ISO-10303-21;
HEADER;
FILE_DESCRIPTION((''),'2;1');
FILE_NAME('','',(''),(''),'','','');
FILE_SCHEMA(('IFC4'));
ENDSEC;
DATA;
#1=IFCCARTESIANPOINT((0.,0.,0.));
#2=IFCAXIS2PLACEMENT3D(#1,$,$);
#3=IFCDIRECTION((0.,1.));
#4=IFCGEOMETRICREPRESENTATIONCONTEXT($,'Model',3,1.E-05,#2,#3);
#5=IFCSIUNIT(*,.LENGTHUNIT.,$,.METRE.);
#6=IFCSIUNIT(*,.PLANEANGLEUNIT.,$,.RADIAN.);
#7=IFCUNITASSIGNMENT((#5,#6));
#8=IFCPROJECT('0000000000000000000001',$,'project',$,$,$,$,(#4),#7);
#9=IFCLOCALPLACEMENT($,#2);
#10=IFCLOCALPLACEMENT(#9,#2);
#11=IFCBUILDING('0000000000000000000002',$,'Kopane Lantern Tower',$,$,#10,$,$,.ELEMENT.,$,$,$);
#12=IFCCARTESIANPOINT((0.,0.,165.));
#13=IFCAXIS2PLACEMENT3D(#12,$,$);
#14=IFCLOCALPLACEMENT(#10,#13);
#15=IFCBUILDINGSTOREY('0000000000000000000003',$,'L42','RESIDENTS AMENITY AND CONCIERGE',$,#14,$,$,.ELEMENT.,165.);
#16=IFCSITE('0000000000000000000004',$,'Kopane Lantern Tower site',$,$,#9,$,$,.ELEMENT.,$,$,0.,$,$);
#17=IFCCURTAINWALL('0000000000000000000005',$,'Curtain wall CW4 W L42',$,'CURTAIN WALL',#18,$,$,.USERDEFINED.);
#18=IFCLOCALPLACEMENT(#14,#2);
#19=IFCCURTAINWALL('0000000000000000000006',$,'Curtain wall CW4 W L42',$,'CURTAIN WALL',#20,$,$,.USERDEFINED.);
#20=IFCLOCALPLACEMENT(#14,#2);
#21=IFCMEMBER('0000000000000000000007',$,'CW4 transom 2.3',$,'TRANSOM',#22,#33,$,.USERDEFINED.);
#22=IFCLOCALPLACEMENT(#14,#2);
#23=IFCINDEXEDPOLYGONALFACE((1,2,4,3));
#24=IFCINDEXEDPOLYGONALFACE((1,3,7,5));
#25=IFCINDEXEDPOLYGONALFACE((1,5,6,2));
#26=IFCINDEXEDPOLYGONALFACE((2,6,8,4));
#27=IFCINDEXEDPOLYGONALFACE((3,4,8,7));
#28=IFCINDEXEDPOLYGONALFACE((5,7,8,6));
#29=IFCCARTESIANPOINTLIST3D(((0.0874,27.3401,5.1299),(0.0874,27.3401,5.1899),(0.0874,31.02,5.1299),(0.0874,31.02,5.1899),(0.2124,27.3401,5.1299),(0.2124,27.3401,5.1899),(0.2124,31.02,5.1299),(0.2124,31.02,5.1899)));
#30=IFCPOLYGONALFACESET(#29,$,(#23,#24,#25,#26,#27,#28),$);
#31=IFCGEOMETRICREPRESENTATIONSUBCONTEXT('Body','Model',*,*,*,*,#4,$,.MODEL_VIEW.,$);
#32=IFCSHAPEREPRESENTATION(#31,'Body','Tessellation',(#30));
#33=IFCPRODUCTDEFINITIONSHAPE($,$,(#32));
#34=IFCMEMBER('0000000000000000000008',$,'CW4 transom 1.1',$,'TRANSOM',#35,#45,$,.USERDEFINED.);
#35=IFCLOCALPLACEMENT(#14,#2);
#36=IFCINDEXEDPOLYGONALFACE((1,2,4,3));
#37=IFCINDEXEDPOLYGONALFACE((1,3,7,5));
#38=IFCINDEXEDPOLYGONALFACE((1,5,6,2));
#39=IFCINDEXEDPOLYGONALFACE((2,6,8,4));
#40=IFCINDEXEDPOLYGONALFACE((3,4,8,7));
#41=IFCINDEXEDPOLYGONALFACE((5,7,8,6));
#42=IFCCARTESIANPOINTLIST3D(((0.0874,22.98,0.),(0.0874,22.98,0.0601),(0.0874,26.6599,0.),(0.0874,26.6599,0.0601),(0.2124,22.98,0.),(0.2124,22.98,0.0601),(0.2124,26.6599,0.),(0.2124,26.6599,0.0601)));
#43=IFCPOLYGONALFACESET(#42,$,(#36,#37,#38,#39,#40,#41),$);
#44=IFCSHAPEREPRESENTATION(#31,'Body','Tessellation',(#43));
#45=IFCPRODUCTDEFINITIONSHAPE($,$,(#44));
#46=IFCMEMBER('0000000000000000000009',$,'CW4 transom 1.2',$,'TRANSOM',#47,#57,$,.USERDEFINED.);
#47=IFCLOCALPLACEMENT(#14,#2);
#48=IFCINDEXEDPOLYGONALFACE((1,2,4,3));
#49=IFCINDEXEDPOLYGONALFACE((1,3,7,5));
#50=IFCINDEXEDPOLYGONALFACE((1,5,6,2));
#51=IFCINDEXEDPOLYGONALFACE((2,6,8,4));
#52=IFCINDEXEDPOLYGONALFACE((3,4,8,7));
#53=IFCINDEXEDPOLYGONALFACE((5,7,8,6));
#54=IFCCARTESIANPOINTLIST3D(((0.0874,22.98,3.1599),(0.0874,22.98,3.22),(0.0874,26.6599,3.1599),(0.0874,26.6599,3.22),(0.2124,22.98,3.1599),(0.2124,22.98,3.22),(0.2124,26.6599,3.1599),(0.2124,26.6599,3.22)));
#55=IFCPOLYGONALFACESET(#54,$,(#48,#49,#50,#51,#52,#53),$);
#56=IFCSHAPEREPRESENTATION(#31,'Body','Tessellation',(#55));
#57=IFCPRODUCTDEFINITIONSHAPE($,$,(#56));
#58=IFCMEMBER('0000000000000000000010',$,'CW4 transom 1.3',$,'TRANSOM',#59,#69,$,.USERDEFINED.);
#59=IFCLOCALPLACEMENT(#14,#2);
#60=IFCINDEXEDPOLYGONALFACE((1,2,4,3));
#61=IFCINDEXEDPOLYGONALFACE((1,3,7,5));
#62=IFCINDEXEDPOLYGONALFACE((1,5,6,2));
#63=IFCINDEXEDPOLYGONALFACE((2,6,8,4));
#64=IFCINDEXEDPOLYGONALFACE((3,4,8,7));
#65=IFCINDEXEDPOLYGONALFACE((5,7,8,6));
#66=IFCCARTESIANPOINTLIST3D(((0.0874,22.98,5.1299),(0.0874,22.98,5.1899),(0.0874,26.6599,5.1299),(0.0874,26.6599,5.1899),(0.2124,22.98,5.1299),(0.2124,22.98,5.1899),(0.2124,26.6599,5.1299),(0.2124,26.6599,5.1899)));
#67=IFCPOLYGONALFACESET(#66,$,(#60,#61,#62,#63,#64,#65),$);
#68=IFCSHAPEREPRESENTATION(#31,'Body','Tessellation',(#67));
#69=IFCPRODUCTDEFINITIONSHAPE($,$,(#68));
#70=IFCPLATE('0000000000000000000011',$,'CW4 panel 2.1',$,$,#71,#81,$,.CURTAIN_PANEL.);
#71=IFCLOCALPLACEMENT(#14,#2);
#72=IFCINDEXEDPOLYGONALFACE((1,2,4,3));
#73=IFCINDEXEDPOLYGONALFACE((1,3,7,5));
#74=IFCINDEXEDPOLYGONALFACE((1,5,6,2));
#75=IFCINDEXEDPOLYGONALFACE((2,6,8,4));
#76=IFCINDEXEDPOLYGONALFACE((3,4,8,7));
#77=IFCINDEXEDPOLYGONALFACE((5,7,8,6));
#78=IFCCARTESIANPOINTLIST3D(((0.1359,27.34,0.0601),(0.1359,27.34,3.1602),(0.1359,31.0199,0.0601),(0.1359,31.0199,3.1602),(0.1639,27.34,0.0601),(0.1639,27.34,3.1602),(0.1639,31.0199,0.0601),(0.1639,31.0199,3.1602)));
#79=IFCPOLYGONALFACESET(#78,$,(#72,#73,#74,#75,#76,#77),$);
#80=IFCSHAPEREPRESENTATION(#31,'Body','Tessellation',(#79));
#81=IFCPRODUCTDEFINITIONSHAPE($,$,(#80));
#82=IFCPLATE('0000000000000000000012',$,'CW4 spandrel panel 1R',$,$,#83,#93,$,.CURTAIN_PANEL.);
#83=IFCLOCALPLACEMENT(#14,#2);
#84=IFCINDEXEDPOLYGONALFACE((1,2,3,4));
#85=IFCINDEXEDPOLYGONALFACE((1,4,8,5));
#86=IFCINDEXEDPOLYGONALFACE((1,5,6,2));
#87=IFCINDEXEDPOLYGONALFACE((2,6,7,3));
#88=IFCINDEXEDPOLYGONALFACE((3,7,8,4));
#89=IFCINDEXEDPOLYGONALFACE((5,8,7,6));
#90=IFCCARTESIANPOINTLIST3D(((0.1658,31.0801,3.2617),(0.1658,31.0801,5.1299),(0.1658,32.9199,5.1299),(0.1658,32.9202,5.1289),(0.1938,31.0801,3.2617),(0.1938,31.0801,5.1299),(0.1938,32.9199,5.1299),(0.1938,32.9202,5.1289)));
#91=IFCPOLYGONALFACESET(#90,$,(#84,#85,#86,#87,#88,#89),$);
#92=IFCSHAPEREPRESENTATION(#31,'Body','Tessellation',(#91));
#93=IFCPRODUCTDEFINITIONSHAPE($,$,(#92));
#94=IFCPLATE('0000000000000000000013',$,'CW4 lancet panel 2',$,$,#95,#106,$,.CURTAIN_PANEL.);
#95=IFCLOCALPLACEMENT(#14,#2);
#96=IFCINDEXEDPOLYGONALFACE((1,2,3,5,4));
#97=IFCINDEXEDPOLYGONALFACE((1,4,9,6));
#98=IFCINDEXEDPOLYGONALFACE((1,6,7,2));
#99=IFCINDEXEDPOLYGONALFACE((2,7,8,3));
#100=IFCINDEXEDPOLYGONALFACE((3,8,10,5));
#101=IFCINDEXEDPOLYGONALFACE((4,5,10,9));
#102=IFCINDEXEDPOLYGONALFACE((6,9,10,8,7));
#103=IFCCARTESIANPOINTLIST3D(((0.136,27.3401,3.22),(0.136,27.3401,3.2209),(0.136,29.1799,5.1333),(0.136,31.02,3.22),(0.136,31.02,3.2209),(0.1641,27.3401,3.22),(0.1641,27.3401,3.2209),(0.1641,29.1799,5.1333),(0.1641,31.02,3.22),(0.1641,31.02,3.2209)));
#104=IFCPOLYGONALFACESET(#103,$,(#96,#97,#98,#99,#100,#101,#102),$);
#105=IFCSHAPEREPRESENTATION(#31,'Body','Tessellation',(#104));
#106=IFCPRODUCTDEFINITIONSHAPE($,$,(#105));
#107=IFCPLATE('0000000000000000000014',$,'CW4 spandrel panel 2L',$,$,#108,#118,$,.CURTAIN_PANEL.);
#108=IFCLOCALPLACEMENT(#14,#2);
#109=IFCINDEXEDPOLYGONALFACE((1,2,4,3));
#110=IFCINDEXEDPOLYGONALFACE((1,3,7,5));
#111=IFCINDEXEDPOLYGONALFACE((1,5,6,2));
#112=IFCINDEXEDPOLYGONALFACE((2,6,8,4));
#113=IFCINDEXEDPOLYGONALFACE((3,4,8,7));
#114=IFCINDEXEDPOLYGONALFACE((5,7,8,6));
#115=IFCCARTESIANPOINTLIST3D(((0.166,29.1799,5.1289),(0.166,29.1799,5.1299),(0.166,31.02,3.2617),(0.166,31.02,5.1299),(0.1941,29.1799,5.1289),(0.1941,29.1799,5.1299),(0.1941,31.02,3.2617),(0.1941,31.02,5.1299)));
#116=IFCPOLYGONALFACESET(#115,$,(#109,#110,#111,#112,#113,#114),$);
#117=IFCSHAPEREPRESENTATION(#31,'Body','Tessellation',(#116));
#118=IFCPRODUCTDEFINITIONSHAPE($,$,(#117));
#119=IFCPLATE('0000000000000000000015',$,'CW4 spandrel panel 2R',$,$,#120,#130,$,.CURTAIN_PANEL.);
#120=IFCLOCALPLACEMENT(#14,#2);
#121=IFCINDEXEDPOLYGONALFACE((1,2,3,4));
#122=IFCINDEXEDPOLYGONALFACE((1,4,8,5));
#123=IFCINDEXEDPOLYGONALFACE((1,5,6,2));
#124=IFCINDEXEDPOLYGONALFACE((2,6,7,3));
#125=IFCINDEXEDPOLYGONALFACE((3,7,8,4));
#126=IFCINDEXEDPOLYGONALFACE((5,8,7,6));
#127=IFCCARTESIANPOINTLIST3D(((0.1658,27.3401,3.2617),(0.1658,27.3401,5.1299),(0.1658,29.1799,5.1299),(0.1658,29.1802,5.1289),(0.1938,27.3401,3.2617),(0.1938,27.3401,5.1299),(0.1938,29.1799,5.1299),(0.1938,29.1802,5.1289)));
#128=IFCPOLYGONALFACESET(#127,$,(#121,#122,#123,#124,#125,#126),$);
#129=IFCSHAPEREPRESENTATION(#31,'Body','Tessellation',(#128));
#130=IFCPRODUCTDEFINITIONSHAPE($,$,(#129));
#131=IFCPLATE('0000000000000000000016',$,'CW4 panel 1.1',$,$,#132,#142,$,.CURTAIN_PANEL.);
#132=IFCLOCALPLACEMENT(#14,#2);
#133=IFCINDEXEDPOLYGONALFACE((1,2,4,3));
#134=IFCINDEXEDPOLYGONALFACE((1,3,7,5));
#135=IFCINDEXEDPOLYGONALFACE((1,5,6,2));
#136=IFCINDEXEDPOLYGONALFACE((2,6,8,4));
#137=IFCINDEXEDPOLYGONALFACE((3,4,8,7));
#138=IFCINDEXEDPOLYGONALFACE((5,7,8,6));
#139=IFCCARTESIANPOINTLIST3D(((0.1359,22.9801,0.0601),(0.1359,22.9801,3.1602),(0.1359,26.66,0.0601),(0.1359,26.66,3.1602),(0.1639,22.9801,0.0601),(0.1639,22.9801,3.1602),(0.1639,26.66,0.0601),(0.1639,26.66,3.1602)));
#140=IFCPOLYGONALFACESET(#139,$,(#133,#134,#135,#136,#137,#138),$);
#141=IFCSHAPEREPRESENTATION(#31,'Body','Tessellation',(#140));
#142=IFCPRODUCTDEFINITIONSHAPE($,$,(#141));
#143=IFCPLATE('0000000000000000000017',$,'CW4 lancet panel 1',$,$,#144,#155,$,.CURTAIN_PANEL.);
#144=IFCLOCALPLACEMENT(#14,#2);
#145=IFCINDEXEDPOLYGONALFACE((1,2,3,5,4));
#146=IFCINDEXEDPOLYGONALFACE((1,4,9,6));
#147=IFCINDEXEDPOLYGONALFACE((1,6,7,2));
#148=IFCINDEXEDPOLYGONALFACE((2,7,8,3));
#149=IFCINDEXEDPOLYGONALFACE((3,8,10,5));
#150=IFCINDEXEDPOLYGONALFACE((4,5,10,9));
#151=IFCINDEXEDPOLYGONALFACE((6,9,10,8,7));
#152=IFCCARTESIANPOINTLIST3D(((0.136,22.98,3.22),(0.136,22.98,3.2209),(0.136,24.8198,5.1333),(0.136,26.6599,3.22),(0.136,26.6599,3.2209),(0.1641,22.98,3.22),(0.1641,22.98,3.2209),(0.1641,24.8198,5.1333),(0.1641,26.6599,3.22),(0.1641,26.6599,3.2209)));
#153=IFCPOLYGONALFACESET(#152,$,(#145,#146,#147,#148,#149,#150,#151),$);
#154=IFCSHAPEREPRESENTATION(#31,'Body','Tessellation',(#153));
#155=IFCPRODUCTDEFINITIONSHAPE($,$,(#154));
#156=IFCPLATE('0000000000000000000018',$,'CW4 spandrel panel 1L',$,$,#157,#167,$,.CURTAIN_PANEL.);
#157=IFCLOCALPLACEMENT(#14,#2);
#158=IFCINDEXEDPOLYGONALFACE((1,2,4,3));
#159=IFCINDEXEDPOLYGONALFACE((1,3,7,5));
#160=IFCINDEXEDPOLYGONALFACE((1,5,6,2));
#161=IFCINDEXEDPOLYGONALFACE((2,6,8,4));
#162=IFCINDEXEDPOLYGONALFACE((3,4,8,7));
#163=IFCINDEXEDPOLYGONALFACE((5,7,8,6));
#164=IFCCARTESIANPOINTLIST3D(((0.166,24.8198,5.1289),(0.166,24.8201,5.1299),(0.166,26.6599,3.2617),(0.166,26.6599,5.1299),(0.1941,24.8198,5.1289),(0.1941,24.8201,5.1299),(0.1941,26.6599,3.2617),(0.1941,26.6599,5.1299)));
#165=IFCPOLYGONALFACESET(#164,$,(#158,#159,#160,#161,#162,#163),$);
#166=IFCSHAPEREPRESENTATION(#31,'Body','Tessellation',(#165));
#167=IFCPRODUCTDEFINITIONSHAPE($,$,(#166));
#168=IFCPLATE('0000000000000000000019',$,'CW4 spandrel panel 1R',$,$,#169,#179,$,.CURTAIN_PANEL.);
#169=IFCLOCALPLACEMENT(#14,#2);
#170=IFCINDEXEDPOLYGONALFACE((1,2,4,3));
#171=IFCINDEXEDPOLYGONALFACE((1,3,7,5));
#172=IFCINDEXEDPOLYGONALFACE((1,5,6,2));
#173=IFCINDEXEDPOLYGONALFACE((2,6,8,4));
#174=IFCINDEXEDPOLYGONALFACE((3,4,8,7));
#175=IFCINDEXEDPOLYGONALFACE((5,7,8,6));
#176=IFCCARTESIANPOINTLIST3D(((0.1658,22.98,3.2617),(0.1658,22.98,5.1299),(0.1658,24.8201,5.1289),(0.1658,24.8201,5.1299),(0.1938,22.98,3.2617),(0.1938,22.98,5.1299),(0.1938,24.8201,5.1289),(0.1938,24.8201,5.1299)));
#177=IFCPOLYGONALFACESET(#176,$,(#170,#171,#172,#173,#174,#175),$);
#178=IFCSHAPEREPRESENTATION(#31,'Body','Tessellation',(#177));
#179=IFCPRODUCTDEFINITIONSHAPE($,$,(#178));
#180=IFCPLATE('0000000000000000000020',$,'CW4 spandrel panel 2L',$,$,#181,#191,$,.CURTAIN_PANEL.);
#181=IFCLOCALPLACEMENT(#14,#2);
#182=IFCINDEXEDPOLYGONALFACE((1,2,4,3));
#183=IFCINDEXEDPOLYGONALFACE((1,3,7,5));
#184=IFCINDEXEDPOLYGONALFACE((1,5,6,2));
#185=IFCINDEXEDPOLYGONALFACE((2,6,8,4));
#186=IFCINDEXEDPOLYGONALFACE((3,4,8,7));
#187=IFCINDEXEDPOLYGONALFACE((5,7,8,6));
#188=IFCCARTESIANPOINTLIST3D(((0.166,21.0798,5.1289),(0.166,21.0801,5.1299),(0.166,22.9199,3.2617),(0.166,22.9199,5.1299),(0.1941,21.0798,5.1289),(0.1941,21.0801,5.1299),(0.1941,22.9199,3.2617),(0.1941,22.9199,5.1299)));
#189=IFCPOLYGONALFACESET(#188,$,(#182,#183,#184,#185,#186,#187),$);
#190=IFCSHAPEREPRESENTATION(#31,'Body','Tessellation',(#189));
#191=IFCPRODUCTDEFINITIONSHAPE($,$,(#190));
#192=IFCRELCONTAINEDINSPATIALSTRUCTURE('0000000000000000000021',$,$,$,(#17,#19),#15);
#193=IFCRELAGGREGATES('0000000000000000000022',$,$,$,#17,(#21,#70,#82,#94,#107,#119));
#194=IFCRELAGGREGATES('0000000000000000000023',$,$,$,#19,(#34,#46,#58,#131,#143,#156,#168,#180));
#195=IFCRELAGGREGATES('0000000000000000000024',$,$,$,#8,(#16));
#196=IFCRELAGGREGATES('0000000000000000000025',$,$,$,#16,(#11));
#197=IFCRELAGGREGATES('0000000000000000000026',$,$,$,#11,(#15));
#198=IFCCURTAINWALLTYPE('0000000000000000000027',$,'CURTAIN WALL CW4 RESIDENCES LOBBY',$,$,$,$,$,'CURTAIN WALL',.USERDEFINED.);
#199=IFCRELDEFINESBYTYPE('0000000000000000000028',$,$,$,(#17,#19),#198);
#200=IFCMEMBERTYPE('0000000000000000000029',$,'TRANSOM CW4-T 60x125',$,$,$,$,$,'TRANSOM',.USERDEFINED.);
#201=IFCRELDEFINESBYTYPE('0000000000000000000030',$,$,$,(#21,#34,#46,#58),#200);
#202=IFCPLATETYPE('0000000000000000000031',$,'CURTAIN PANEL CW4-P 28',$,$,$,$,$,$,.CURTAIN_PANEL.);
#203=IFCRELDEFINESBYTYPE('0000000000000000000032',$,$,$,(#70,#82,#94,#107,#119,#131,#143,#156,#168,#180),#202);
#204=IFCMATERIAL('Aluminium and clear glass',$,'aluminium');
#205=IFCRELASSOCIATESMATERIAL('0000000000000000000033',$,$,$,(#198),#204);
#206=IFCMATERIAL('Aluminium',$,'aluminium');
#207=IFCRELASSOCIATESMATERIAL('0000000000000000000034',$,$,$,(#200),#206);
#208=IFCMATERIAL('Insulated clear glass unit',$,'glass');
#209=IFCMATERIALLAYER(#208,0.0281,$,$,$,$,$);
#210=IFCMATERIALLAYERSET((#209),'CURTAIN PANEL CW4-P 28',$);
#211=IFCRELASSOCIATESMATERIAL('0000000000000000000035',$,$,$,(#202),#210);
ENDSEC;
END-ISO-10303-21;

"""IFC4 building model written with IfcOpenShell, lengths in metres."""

from ifc_helpers import new_model, si_unit, direction, frame, origin, origin_2d, place, context, subcontext, project, spatial, polyline, rectangle, outline, extrude, material, layer, layer_set, material_profile, profile_set, type_object, element, aggregate, save


model = new_model("IFC4")

# Units and contexts
model_context = context("Model", 3, precision=1e-05, world=origin(), true_north=direction((0.0, 1.0)))
body_context = subcontext(model_context, "Body", "Model", "MODEL_VIEW")
ifc_project = project(units=[si_unit("LENGTHUNIT", "METRE"), si_unit("PLANEANGLEUNIT", "RADIAN")], contexts=[model_context])

# Site, building, storey
site_placement = place(None, origin())
site = spatial("IfcSite", under=ifc_project, at=site_placement, Name="Kopane Lantern Tower site", CompositionType="ELEMENT", RefElevation=0.0)
building_placement = place(site_placement, origin())
building = spatial("IfcBuilding", under=site, at=building_placement, Name="Kopane Lantern Tower", CompositionType="ELEMENT")
storey_placement = place(building_placement, frame((0.0, 0.0, 165.0)))
storey = spatial("IfcBuildingStorey", under=building, at=storey_placement, Name="L42", Description="RESIDENTS AMENITY AND CONCIERGE", CompositionType="ELEMENT", Elevation=165.0)

# Curtain walls
ifc_material_1 = material(Name="Aluminium and clear glass", Category="aluminium")
curtain_wall_type = type_object("IfcCurtainWallType", Name="CURTAIN WALL CW4 RESIDENCES LOBBY", ElementType="CURTAIN WALL", PredefinedType="USERDEFINED", material=ifc_material_1)
curtain_wall_1_placement = place(storey_placement, origin())
curtain_wall_1 = element("IfcCurtainWall", 1, at=curtain_wall_1_placement, inside=storey, type_object=curtain_wall_type, Name="Curtain wall CW4 W L42", ObjectType="CURTAIN WALL", PredefinedType="USERDEFINED")
curtain_wall_2_placement = place(storey_placement, origin())
curtain_wall_2 = element("IfcCurtainWall", 2, at=curtain_wall_2_placement, inside=storey, type_object=curtain_wall_type, Name="Curtain wall CW4 W L42", ObjectType="CURTAIN WALL", PredefinedType="USERDEFINED")

# Members
ifc_material_2 = material(Name="Aluminium", Category="aluminium")
ifc_material_profile_1 = material_profile(ifc_material_2, rectangle(XDim=0.125, YDim=0.0601, at=origin_2d()), Name="AL 125x60")
ifc_profile_set_1 = profile_set([ifc_material_profile_1], Name="Aluminium")
member_type_1 = type_object("IfcMemberType", Name="TRANSOM CW4-T 60x125", ElementType="TRANSOM", PredefinedType="USERDEFINED", material=ifc_profile_set_1)
member_1_placement = place(storey_placement, frame((0.1499, 31.02, 5.1599), z_axis=(0.0, -1.0, 0.0), x_axis=(1.0, 0.0, 0.0)))
member_1 = element("IfcMember", 3, at=member_1_placement, type_object=member_type_1, Name="CW4 transom 2.3", ObjectType="TRANSOM", PredefinedType="USERDEFINED", context=body_context, shape_type="SweptSolid", body=[
    extrude(rectangle(XDim=0.125, YDim=0.0601, at=origin_2d()), origin(), (0.0, 0.0, 1.0), 3.6799),
])
member_2_placement = place(storey_placement, frame((0.1499, 26.6599, 0.03), z_axis=(0.0, -1.0, 0.0), x_axis=(1.0, 0.0, 0.0)))
member_2 = element("IfcMember", 4, at=member_2_placement, type_object=member_type_1, Name="CW4 transom 1.1", ObjectType="TRANSOM", PredefinedType="USERDEFINED", context=body_context, shape_type="SweptSolid", body=[
    extrude(rectangle(XDim=0.125, YDim=0.0601, at=origin_2d()), origin(), (0.0, 0.0, 1.0), 3.6799),
])
member_3_placement = place(storey_placement, frame((0.1499, 26.6599, 3.1899), z_axis=(0.0, -1.0, 0.0), x_axis=(1.0, 0.0, 0.0)))
member_3 = element("IfcMember", 5, at=member_3_placement, type_object=member_type_1, Name="CW4 transom 1.2", ObjectType="TRANSOM", PredefinedType="USERDEFINED", context=body_context, shape_type="SweptSolid", body=[
    extrude(rectangle(XDim=0.125, YDim=0.0601, at=origin_2d()), origin(), (0.0, 0.0, 1.0), 3.6799),
])
member_4_placement = place(storey_placement, frame((0.1499, 26.6599, 5.1599), z_axis=(0.0, -1.0, 0.0), x_axis=(1.0, 0.0, 0.0)))
member_4 = element("IfcMember", 6, at=member_4_placement, type_object=member_type_1, Name="CW4 transom 1.3", ObjectType="TRANSOM", PredefinedType="USERDEFINED", context=body_context, shape_type="SweptSolid", body=[
    extrude(rectangle(XDim=0.125, YDim=0.0601, at=origin_2d()), origin(), (0.0, 0.0, 1.0), 3.6799),
])

# Plates
ifc_material_3 = material(Name="Insulated clear glass unit", Category="glass")
ifc_layer_1 = layer(ifc_material_3, 0.0281)
ifc_layer_set_1 = layer_set([ifc_layer_1], Name="CURTAIN PANEL CW4-P 28")
plate_type = type_object("IfcPlateType", Name="CURTAIN PANEL CW4-P 28", PredefinedType="CURTAIN_PANEL", material=ifc_layer_set_1)
plate_1_placement = place(storey_placement, frame((0.1499, 29.1799, 0.0601), z_axis=(0.0, 0.0, 1.0), x_axis=(0.0, -1.0, 0.0)))
plate_1 = element("IfcPlate", 7, at=plate_1_placement, type_object=plate_type, Name="CW4 panel 2.1", PredefinedType="CURTAIN_PANEL", context=body_context, shape_type="SweptSolid", body=[
    extrude(rectangle(XDim=3.6799, YDim=0.0281, at=origin_2d()), origin(), (0.0, 0.0, 1.0), 3.1001),
])
plate_2_placement = place(storey_placement, frame((0.1799, 31.0801, 5.1299), z_axis=(0.0, 0.0, 1.0), x_axis=(0.0, 1.0, 0.0)))
plate_2 = element("IfcPlate", 8, at=plate_2_placement, type_object=plate_type, Name="CW4 spandrel panel 1R", PredefinedType="CURTAIN_PANEL", context=body_context, shape_type="SweptSolid", body=[
    extrude(outline(polyline([(0.0, 0.0), (1.8398, 0.0), (1.8401, -0.001), (0.0, -1.8682), (0.0, 0.0)])), frame((0.0, 0.0142, 0.0), z_axis=(0.0, -1.0, 0.0), x_axis=(1.0, 0.0, 0.0)), (0.0, 0.0, 1.0), 0.0281),
])
plate_3_placement = place(storey_placement, frame((0.1499, 31.02, 3.22), z_axis=(0.0, 0.0, 1.0), x_axis=(0.0, -1.0, 0.0)))
plate_3 = element("IfcPlate", 9, at=plate_3_placement, type_object=plate_type, Name="CW4 lancet panel 2", PredefinedType="CURTAIN_PANEL", context=body_context, shape_type="SweptSolid", body=[
    extrude(outline(polyline([(0.0, 0.0), (3.6799, 0.0), (3.6799, 0.001), (1.8401, 1.9133), (0.0, 0.001), (0.0, 0.0)])), frame((0.0, 0.0142, 0.0), z_axis=(0.0, -1.0, 0.0), x_axis=(1.0, 0.0, 0.0)), (0.0, 0.0, 1.0), 0.0281),
])
plate_4_placement = place(storey_placement, frame((0.1799, 31.02, 5.1299), z_axis=(0.0, 0.0, 1.0), x_axis=(0.0, -1.0, 0.0)))
plate_4 = element("IfcPlate", 10, at=plate_4_placement, type_object=plate_type, Name="CW4 spandrel panel 2L", PredefinedType="CURTAIN_PANEL", context=body_context, shape_type="SweptSolid", body=[
    extrude(outline(polyline([(0.0, 0.0), (1.8401, 0.0), (1.8401, -0.001), (0.0, -1.8682), (0.0, 0.0)])), frame((0.0, 0.0142, 0.0), z_axis=(0.0, -1.0, 0.0), x_axis=(1.0, 0.0, 0.0)), (0.0, 0.0, 1.0), 0.0281),
])
plate_5_placement = place(storey_placement, frame((0.1799, 27.3401, 5.1299), z_axis=(0.0, 0.0, 1.0), x_axis=(0.0, 1.0, 0.0)))
plate_5 = element("IfcPlate", 11, at=plate_5_placement, type_object=plate_type, Name="CW4 spandrel panel 2R", PredefinedType="CURTAIN_PANEL", context=body_context, shape_type="SweptSolid", body=[
    extrude(outline(polyline([(0.0, 0.0), (1.8398, 0.0), (1.8401, -0.001), (0.0, -1.8682), (0.0, 0.0)])), frame((0.0, 0.0142, 0.0), z_axis=(0.0, -1.0, 0.0), x_axis=(1.0, 0.0, 0.0)), (0.0, 0.0, 1.0), 0.0281),
])
aggregate(curtain_wall_1, [member_1, plate_1, plate_2, plate_3, plate_4, plate_5])
plate_6_placement = place(storey_placement, frame((0.1499, 24.8201, 0.0601), z_axis=(0.0, 0.0, 1.0), x_axis=(0.0, -1.0, 0.0)))
plate_6 = element("IfcPlate", 12, at=plate_6_placement, type_object=plate_type, Name="CW4 panel 1.1", PredefinedType="CURTAIN_PANEL", context=body_context, shape_type="SweptSolid", body=[
    extrude(rectangle(XDim=3.6799, YDim=0.0281, at=origin_2d()), origin(), (0.0, 0.0, 1.0), 3.1001),
])
plate_7_placement = place(storey_placement, frame((0.1499, 26.6599, 3.22), z_axis=(0.0, 0.0, 1.0), x_axis=(0.0, -1.0, 0.0)))
plate_7 = element("IfcPlate", 13, at=plate_7_placement, type_object=plate_type, Name="CW4 lancet panel 1", PredefinedType="CURTAIN_PANEL", context=body_context, shape_type="SweptSolid", body=[
    extrude(outline(polyline([(0.0, 0.0), (3.6799, 0.0), (3.6799, 0.001), (1.8401, 1.9133), (0.0, 0.001), (0.0, 0.0)])), frame((0.0, 0.0142, 0.0), z_axis=(0.0, -1.0, 0.0), x_axis=(1.0, 0.0, 0.0)), (0.0, 0.0, 1.0), 0.0281),
])
plate_8_placement = place(storey_placement, frame((0.1799, 26.6599, 5.1299), z_axis=(0.0, 0.0, 1.0), x_axis=(0.0, -1.0, 0.0)))
plate_8 = element("IfcPlate", 14, at=plate_8_placement, type_object=plate_type, Name="CW4 spandrel panel 1L", PredefinedType="CURTAIN_PANEL", context=body_context, shape_type="SweptSolid", body=[
    extrude(outline(polyline([(0.0, 0.0), (1.8398, 0.0), (1.8401, -0.001), (0.0, -1.8682), (0.0, 0.0)])), frame((0.0, 0.0142, 0.0), z_axis=(0.0, -1.0, 0.0), x_axis=(1.0, 0.0, 0.0)), (0.0, 0.0, 1.0), 0.0281),
])
plate_9_placement = place(storey_placement, frame((0.1799, 22.98, 5.1299), z_axis=(0.0, 0.0, 1.0), x_axis=(0.0, 1.0, 0.0)))
plate_9 = element("IfcPlate", 15, at=plate_9_placement, type_object=plate_type, Name="CW4 spandrel panel 1R", PredefinedType="CURTAIN_PANEL", context=body_context, shape_type="SweptSolid", body=[
    extrude(outline(polyline([(0.0, 0.0), (1.8401, 0.0), (1.8401, -0.001), (0.0, -1.8682), (0.0, 0.0)])), frame((0.0, 0.0142, 0.0), z_axis=(0.0, -1.0, 0.0), x_axis=(1.0, 0.0, 0.0)), (0.0, 0.0, 1.0), 0.0281),
])
plate_10_placement = place(storey_placement, frame((0.1799, 22.9199, 5.1299), z_axis=(0.0, 0.0, 1.0), x_axis=(0.0, -1.0, 0.0)))
plate_10 = element("IfcPlate", 16, at=plate_10_placement, type_object=plate_type, Name="CW4 spandrel panel 2L", PredefinedType="CURTAIN_PANEL", context=body_context, shape_type="SweptSolid", body=[
    extrude(outline(polyline([(0.0, 0.0), (1.8398, 0.0), (1.8401, -0.001), (0.0, -1.8682), (0.0, 0.0)])), frame((0.0, 0.0142, 0.0), z_axis=(0.0, -1.0, 0.0), x_axis=(1.0, 0.0, 0.0)), (0.0, 0.0, 1.0), 0.0281),
])
aggregate(curtain_wall_2, [member_2, member_3, member_4, plate_6, plate_7, plate_8, plate_9, plate_10])

save(model, "model.ifc")
